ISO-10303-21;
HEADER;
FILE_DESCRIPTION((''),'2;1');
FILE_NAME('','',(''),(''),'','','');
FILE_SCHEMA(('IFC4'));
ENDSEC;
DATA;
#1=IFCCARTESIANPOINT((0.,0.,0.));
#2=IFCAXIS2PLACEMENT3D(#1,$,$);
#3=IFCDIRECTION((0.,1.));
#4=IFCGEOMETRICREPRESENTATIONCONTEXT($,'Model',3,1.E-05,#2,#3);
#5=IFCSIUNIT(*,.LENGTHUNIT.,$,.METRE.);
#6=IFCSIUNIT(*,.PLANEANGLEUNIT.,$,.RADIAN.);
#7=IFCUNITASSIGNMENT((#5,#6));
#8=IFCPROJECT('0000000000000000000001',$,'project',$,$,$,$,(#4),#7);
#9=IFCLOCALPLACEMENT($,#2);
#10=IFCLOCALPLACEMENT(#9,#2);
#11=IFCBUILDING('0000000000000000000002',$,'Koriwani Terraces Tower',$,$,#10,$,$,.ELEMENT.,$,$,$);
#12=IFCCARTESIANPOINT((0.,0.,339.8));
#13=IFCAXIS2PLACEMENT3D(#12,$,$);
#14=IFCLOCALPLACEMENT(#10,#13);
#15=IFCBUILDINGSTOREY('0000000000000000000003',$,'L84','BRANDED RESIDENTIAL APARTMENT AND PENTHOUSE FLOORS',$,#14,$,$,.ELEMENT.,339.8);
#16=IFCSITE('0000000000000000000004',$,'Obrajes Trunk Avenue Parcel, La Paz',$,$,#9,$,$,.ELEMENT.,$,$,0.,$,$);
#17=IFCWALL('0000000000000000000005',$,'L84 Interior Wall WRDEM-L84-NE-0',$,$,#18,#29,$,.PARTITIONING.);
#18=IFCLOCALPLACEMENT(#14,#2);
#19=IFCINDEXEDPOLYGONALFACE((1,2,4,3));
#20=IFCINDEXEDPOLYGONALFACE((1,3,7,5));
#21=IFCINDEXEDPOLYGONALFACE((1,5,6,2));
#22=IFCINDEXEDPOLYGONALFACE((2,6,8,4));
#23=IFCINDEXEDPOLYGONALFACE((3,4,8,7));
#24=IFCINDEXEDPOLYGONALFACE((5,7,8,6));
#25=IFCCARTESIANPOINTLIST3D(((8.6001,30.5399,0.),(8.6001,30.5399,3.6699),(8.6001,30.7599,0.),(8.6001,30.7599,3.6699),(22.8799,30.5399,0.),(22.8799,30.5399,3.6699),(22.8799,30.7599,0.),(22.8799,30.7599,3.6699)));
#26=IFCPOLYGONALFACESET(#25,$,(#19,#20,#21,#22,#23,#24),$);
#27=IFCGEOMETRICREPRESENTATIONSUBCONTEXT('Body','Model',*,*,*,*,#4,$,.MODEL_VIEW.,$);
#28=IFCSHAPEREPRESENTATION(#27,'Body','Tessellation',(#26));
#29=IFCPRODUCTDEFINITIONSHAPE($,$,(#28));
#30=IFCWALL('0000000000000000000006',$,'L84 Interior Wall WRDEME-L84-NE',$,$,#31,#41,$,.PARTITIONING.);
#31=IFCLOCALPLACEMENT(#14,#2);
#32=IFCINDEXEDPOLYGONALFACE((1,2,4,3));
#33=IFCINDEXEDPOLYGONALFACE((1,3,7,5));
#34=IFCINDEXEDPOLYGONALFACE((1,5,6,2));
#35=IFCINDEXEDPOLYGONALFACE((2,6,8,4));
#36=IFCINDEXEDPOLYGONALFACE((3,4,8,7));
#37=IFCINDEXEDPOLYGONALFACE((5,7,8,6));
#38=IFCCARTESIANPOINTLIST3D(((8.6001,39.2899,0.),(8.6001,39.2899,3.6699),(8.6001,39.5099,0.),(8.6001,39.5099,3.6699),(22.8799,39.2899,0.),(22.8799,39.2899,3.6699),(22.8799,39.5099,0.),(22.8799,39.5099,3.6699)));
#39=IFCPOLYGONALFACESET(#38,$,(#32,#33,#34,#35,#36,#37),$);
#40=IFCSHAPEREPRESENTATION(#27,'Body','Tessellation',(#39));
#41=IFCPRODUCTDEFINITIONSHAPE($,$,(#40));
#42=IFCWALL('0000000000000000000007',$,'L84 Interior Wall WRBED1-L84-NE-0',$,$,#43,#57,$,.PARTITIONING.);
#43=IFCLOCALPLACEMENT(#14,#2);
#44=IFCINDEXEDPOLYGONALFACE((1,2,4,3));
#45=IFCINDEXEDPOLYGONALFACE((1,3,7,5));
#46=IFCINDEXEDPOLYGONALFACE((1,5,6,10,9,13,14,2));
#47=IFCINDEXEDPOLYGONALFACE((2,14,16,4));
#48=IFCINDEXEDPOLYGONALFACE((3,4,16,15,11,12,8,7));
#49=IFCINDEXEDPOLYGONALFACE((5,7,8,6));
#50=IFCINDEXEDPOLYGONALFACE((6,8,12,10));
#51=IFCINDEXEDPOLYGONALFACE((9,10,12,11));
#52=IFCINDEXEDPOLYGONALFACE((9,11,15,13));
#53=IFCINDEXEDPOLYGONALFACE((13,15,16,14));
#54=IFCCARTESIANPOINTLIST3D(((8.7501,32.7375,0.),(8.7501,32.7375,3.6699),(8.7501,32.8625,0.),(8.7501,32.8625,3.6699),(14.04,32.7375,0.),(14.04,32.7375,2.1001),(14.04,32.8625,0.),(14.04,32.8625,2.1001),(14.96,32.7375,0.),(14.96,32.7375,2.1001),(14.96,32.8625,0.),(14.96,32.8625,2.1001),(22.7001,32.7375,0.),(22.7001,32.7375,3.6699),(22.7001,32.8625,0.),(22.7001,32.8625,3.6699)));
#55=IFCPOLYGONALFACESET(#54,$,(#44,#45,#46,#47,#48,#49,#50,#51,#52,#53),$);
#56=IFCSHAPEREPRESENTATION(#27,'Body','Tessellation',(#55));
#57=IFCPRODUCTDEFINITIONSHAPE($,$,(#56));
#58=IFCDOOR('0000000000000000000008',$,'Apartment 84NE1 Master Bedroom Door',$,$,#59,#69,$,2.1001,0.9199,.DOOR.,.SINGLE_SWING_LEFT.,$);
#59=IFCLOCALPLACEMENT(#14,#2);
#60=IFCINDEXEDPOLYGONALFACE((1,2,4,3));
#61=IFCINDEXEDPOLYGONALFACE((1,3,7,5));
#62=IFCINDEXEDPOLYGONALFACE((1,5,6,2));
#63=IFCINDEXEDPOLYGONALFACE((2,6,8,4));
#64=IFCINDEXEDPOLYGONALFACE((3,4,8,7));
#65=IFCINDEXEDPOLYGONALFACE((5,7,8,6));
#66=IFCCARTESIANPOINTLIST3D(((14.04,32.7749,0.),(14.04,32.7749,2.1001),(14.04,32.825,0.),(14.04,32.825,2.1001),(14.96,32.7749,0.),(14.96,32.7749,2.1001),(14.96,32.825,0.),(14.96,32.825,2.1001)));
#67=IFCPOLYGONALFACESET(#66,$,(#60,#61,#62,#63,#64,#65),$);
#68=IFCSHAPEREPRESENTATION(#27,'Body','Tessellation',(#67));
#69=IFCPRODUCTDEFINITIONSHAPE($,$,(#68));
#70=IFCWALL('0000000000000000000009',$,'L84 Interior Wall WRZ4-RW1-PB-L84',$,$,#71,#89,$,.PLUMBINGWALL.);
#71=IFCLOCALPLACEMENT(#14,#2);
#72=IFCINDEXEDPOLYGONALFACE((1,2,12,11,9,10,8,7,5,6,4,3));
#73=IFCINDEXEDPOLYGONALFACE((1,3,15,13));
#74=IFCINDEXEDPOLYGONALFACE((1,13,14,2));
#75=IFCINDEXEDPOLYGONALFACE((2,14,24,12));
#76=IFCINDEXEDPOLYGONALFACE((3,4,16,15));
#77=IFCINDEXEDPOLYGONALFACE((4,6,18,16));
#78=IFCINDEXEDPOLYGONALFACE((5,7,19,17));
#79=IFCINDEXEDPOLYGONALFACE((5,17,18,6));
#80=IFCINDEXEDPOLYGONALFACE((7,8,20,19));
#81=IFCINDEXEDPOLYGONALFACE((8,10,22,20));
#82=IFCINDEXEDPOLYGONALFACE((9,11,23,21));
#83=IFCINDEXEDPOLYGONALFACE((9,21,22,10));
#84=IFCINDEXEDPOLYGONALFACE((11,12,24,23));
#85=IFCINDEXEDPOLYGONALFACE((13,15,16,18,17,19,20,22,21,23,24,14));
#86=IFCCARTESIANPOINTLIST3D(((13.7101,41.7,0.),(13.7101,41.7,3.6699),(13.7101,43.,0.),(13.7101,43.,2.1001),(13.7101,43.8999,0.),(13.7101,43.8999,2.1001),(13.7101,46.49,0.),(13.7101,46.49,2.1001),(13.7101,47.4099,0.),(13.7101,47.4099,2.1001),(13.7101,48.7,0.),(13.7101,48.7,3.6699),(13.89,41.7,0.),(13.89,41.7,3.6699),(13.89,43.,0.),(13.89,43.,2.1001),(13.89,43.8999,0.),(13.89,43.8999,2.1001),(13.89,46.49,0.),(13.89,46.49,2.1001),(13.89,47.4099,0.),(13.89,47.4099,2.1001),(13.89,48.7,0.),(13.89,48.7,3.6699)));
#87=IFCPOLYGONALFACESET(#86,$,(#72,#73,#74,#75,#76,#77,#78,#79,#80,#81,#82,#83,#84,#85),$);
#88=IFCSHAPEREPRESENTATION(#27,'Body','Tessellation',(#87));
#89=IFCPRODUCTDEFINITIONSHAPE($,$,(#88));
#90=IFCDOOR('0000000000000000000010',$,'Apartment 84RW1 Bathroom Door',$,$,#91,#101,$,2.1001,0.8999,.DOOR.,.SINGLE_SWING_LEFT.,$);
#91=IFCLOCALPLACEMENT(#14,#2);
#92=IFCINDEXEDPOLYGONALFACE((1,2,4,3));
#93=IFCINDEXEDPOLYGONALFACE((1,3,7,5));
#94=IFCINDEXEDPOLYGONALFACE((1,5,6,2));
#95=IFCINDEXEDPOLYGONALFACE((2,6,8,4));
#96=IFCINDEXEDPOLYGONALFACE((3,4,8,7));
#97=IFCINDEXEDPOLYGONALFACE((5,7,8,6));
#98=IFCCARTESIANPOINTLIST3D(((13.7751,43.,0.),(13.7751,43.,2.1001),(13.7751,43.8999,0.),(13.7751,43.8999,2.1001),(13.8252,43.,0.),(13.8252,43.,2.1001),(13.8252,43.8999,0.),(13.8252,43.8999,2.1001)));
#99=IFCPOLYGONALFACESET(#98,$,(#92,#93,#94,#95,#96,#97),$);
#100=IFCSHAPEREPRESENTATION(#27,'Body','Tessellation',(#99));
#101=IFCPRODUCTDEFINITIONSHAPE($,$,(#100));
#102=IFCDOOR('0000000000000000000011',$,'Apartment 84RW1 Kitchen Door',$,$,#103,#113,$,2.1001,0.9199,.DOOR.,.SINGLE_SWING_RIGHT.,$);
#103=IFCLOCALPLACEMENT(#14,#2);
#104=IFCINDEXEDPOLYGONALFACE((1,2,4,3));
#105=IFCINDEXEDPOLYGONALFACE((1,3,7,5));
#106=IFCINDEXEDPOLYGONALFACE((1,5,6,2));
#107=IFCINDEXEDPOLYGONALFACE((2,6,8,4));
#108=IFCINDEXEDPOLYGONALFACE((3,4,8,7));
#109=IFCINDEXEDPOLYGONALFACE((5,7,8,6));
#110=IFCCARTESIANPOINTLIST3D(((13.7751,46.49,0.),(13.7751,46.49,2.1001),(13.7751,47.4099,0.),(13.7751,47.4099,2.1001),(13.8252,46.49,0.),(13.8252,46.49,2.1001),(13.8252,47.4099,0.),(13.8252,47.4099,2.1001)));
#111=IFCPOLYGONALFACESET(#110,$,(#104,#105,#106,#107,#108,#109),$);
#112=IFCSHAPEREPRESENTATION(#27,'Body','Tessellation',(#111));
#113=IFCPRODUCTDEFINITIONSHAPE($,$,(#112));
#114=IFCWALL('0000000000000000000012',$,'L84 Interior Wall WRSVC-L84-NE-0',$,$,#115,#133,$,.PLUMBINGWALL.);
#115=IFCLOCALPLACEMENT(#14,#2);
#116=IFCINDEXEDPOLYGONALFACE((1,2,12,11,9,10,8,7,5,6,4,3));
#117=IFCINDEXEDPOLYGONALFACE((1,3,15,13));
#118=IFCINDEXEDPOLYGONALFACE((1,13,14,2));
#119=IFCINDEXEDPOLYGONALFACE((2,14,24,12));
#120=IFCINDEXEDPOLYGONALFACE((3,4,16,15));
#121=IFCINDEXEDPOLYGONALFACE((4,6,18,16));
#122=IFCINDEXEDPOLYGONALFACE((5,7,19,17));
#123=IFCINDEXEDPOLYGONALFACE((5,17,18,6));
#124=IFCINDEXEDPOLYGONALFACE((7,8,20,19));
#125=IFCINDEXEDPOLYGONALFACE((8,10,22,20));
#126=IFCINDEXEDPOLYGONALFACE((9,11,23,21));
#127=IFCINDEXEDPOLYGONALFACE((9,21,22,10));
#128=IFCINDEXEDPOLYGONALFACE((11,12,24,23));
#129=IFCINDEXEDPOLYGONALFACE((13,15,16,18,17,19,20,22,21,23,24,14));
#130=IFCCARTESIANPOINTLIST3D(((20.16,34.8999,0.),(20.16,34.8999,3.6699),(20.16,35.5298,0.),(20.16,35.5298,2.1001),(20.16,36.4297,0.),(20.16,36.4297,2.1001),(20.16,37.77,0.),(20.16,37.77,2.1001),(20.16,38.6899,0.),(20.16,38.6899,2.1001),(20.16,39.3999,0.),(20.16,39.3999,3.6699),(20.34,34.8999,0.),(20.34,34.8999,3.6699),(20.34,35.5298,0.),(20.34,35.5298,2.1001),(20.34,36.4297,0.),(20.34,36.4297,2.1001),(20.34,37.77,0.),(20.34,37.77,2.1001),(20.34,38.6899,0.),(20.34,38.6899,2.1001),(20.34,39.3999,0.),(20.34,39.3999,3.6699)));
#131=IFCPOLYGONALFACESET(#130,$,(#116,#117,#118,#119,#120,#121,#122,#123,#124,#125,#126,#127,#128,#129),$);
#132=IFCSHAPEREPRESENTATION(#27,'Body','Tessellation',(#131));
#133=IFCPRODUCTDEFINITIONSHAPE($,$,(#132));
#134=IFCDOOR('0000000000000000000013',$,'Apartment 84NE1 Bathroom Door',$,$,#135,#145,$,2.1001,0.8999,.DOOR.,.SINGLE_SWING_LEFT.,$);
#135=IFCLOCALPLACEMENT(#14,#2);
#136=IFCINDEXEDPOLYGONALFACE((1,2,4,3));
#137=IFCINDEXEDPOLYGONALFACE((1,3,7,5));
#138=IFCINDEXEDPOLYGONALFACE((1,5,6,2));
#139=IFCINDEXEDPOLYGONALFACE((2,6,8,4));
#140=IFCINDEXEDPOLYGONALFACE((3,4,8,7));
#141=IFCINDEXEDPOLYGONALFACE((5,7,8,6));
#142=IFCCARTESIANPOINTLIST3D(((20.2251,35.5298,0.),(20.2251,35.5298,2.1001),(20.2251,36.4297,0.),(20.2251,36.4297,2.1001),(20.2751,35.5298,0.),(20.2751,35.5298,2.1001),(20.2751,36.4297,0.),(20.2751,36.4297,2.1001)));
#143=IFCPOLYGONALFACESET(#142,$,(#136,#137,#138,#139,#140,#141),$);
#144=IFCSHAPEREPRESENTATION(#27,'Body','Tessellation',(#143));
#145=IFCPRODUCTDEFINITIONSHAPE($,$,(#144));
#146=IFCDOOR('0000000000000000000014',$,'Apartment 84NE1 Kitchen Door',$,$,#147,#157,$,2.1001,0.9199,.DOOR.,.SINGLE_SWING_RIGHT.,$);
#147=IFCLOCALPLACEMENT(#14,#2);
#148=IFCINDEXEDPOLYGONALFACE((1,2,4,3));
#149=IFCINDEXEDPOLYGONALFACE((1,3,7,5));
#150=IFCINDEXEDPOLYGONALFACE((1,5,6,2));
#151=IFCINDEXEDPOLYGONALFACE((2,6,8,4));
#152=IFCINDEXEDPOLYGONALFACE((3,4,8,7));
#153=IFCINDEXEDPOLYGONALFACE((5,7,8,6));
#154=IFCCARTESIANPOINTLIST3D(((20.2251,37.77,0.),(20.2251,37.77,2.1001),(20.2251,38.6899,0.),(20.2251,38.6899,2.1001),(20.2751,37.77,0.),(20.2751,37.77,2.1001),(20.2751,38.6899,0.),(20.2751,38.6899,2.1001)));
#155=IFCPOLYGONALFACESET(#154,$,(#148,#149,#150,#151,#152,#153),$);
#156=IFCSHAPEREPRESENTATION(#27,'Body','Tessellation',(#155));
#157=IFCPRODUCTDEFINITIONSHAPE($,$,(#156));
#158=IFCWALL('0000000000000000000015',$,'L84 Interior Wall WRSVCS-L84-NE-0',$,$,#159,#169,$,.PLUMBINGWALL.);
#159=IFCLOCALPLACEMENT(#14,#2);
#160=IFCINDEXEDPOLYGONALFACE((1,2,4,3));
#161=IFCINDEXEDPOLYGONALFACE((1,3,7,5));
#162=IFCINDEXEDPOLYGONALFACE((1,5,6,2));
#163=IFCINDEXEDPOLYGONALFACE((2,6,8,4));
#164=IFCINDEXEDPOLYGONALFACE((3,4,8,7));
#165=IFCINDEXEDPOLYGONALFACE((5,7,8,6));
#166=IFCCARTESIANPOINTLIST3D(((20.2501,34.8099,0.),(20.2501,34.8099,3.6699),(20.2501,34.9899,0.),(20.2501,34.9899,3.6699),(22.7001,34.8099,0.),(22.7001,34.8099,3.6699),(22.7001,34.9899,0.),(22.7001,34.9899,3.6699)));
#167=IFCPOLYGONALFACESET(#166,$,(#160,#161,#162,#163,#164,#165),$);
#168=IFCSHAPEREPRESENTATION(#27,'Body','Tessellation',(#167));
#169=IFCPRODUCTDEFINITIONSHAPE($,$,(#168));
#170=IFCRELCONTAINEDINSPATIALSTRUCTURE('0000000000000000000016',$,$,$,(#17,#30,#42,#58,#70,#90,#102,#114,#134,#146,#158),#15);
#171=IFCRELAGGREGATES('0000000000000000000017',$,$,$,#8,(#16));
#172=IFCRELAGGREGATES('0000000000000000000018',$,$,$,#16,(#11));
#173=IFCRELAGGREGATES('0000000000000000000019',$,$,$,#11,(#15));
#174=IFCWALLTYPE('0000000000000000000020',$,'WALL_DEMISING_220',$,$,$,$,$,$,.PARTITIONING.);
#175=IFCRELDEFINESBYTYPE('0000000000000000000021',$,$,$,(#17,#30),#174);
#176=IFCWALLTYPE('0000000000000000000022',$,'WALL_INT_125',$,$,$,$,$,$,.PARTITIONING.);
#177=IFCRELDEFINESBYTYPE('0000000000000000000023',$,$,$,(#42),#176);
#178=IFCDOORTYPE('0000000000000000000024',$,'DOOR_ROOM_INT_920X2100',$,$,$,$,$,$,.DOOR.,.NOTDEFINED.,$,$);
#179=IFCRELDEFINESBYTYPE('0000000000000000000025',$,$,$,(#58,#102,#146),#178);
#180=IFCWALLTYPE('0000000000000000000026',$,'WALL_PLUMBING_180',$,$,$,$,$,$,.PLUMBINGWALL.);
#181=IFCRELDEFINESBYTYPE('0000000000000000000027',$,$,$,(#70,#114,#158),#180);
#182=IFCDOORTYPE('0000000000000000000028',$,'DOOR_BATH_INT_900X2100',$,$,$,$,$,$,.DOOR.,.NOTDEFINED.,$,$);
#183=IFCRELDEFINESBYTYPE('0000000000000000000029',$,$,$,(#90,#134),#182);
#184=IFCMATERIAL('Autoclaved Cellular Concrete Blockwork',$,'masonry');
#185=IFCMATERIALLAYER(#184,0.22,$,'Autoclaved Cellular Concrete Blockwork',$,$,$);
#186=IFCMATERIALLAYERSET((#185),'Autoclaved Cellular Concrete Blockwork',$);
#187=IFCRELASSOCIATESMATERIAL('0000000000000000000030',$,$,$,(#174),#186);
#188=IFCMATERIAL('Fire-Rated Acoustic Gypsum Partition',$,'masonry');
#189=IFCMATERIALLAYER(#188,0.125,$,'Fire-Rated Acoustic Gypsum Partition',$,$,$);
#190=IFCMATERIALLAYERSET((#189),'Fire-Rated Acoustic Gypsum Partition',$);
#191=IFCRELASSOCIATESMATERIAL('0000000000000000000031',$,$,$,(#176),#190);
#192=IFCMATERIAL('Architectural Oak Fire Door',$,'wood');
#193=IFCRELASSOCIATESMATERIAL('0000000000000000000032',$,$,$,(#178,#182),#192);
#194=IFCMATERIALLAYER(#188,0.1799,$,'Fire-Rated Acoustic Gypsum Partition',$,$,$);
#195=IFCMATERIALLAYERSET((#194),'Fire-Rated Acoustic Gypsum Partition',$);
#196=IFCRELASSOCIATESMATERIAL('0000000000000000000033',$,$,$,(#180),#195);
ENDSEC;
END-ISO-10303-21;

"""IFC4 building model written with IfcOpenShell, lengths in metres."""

from ifc_helpers import new_model, si_unit, direction, frame, frame_2d, origin, place, context, subcontext, project, spatial, rectangle, extrude, material, layer, layer_set, type_object, element, fill, save


model = new_model("IFC4")

# Units and contexts
model_context = context("Model", 3, precision=1e-05, world=origin(), true_north=direction((0.0, 1.0)))
body_context = subcontext(model_context, "Body", "Model", "MODEL_VIEW")
ifc_project = project(units=[si_unit("LENGTHUNIT", "METRE"), si_unit("PLANEANGLEUNIT", "RADIAN")], contexts=[model_context])

# Site, building, storey
site_placement = place(None, origin())
site = spatial("IfcSite", under=ifc_project, at=site_placement, Name="Obrajes Trunk Avenue Parcel, La Paz", CompositionType="ELEMENT", RefElevation=0.0)
building_placement = place(site_placement, origin())
building = spatial("IfcBuilding", under=site, at=building_placement, Name="Koriwani Terraces Tower", CompositionType="ELEMENT")
storey_placement = place(building_placement, frame((0.0, 0.0, 339.8)))
storey = spatial("IfcBuildingStorey", under=building, at=storey_placement, Name="L84", Description="BRANDED RESIDENTIAL APARTMENT AND PENTHOUSE FLOORS", CompositionType="ELEMENT", Elevation=339.8)

# Shared definitions
ifc_material_1 = material(Name="Autoclaved Cellular Concrete Blockwork", Category="masonry")
ifc_material_2 = material(Name="Architectural Oak Fire Door", Category="wood")

# Walls
ifc_layer_1 = layer(ifc_material_1, 0.22, Name="Autoclaved Cellular Concrete Blockwork")
ifc_layer_set_1 = layer_set([ifc_layer_1], Name="Autoclaved Cellular Concrete Blockwork")
wall_type_1 = type_object("IfcWallType", Name="WALL_DEMISING_220", PredefinedType="PARTITIONING", material=ifc_layer_set_1)
for number, where, z_axis, x_axis, name in (
    (1, (8.6001, 30.6499, 0.0), (0.0, 0.0, 1.0), (1.0, 0.0, 0.0), "L84 Interior Wall WRDEM-L84-NE-0"),
    (2, (8.6001, 39.3999, 0.0), (0.0, 0.0, 1.0), (1.0, 0.0, 0.0), "L84 Interior Wall WRDEME-L84-NE"),
):
    element("IfcWall", number, at=place(storey_placement, frame(where, z_axis=z_axis, x_axis=x_axis)), inside=storey, type_object=wall_type_1, Name=name, PredefinedType="PARTITIONING", context=body_context, shape_type="SweptSolid", body=[
        extrude(rectangle(XDim=14.2798, YDim=0.22, at=frame_2d((7.1399, 0.0))), origin(), (0.0, 0.0, 1.0), 3.6699),
    ])

# Wall, opening, door
ifc_material_3 = material(Name="Fire-Rated Acoustic Gypsum Partition", Category="masonry")
ifc_layer_2 = layer(ifc_material_3, 0.125, Name="Fire-Rated Acoustic Gypsum Partition")
ifc_layer_set_2 = layer_set([ifc_layer_2], Name="Fire-Rated Acoustic Gypsum Partition")
wall_type_2 = type_object("IfcWallType", Name="WALL_INT_125", PredefinedType="PARTITIONING", material=ifc_layer_set_2)
wall_1_placement = place(storey_placement, frame((8.75, 32.8, 0.0), z_axis=(0.0, 0.0, 1.0), x_axis=(1.0, 0.0, 0.0)))
wall_1 = element("IfcWall", 3, at=wall_1_placement, inside=storey, type_object=wall_type_2, Name="L84 Interior Wall WRBED1-L84-NE-0", PredefinedType="PARTITIONING", context=body_context, shape_type="SweptSolid", body=[
    extrude(rectangle(XDim=13.95, YDim=0.125, at=frame_2d((6.9751, 0.0))), origin(), (0.0, 0.0, 1.0), 3.6699),
])
opening_1_placement = place(wall_1_placement, frame((5.29, 0.0, 0.0)))
opening_1 = element("IfcOpeningElement", 4, at=opening_1_placement, cuts=wall_1, PredefinedType="OPENING", context=body_context, shape_type="SweptSolid", body=[
    extrude(rectangle(XDim=0.9199, YDim=2.1001, at=frame_2d((0.46, 1.05))), frame((0.0, 0.0725, 0.0), z_axis=(0.0, -1.0, 0.0), x_axis=(1.0, 0.0, 0.0)), (0.0, 0.0, 1.0), 0.145),
])
door_type_1 = type_object("IfcDoorType", Name="DOOR_ROOM_INT_920X2100", OperationType="NOTDEFINED", PredefinedType="DOOR", material=ifc_material_2)
door_1_placement = place(opening_1_placement, origin())
door_1 = element("IfcDoor", 5, at=door_1_placement, inside=storey, type_object=door_type_1, Name="Apartment 84NE1 Master Bedroom Door", OperationType="SINGLE_SWING_LEFT", OverallHeight=2.1001, OverallWidth=0.9199, PredefinedType="DOOR", context=body_context, shape_type="SweptSolid", body=[
    extrude(rectangle(XDim=0.9199, YDim=2.1001, at=frame_2d((0.46, 1.05))), frame((0.0, 0.0249, 0.0), z_axis=(0.0, -1.0, 0.0), x_axis=(1.0, 0.0, 0.0)), (0.0, 0.0, 1.0), 0.05),
])
fill(opening_1, door_1)

# Walls, openings, doors
ifc_layer_3 = layer(ifc_material_3, 0.1799, Name="Fire-Rated Acoustic Gypsum Partition")
ifc_layer_set_3 = layer_set([ifc_layer_3], Name="Fire-Rated Acoustic Gypsum Partition")
wall_type_3 = type_object("IfcWallType", Name="WALL_PLUMBING_180", PredefinedType="PLUMBINGWALL", material=ifc_layer_set_3)
wall_2_placement = place(storey_placement, frame((13.8, 41.7, 0.0), z_axis=(0.0, 0.0, 1.0), x_axis=(0.0, 1.0, 0.0)))
wall_2 = element("IfcWall", 6, at=wall_2_placement, inside=storey, type_object=wall_type_3, Name="L84 Interior Wall WRZ4-RW1-PB-L84", PredefinedType="PLUMBINGWALL", context=body_context, shape_type="SweptSolid", body=[
    extrude(rectangle(XDim=7.0, YDim=0.1799, at=frame_2d((3.5, 0.0))), origin(), (0.0, 0.0, 1.0), 3.6699),
])
opening_2_placement = place(wall_2_placement, frame((1.3, 0.0, 0.0)))
opening_2 = element("IfcOpeningElement", 7, at=opening_2_placement, cuts=wall_2, PredefinedType="OPENING", context=body_context, shape_type="SweptSolid", body=[
    extrude(rectangle(XDim=0.8999, YDim=2.1001, at=frame_2d((0.45, 1.05))), frame((0.0, 0.1001, 0.0), z_axis=(0.0, -1.0, 0.0), x_axis=(1.0, 0.0, 0.0)), (0.0, 0.0, 1.0), 0.2),
])
opening_3_placement = place(wall_2_placement, frame((4.79, 0.0, 0.0)))
opening_3 = element("IfcOpeningElement", 8, at=opening_3_placement, cuts=wall_2, PredefinedType="OPENING", context=body_context, shape_type="SweptSolid", body=[
    extrude(rectangle(XDim=0.9199, YDim=2.1001, at=frame_2d((0.46, 1.05))), frame((0.0, 0.1001, 0.0), z_axis=(0.0, -1.0, 0.0), x_axis=(1.0, 0.0, 0.0)), (0.0, 0.0, 1.0), 0.2),
])
door_type_2 = type_object("IfcDoorType", Name="DOOR_BATH_INT_900X2100", OperationType="NOTDEFINED", PredefinedType="DOOR", material=ifc_material_2)
door_2_placement = place(opening_2_placement, origin())
door_2 = element("IfcDoor", 9, at=door_2_placement, inside=storey, type_object=door_type_2, Name="Apartment 84RW1 Bathroom Door", OperationType="SINGLE_SWING_LEFT", OverallHeight=2.1001, OverallWidth=0.8999, PredefinedType="DOOR", context=body_context, shape_type="SweptSolid", body=[
    extrude(rectangle(XDim=0.8999, YDim=2.1001, at=frame_2d((0.45, 1.05))), frame((0.0, 0.0249, 0.0), z_axis=(0.0, -1.0, 0.0), x_axis=(1.0, 0.0, 0.0)), (0.0, 0.0, 1.0), 0.05),
])
fill(opening_2, door_2)
door_3_placement = place(opening_3_placement, origin())
door_3 = element("IfcDoor", 10, at=door_3_placement, inside=storey, type_object=door_type_1, Name="Apartment 84RW1 Kitchen Door", OperationType="SINGLE_SWING_RIGHT", OverallHeight=2.1001, OverallWidth=0.9199, PredefinedType="DOOR", context=body_context, shape_type="SweptSolid", body=[
    extrude(rectangle(XDim=0.9199, YDim=2.1001, at=frame_2d((0.46, 1.05))), frame((0.0, 0.0249, 0.0), z_axis=(0.0, -1.0, 0.0), x_axis=(1.0, 0.0, 0.0)), (0.0, 0.0, 1.0), 0.05),
])
fill(opening_3, door_3)
wall_3_placement = place(storey_placement, frame((20.25, 34.8999, 0.0), z_axis=(0.0, 0.0, 1.0), x_axis=(0.0, 1.0, 0.0)))
wall_3 = element("IfcWall", 11, at=wall_3_placement, inside=storey, type_object=wall_type_3, Name="L84 Interior Wall WRSVC-L84-NE-0", PredefinedType="PLUMBINGWALL", context=body_context, shape_type="SweptSolid", body=[
    extrude(rectangle(XDim=4.5, YDim=0.1799, at=frame_2d((2.25, 0.0))), origin(), (0.0, 0.0, 1.0), 3.6699),
])
opening_4_placement = place(wall_3_placement, frame((0.6299, 0.0, 0.0)))
opening_4 = element("IfcOpeningElement", 12, at=opening_4_placement, cuts=wall_3, PredefinedType="OPENING", context=body_context, shape_type="SweptSolid", body=[
    extrude(rectangle(XDim=0.8999, YDim=2.1001, at=frame_2d((0.45, 1.05))), frame((0.0, 0.1001, 0.0), z_axis=(0.0, -1.0, 0.0), x_axis=(1.0, 0.0, 0.0)), (0.0, 0.0, 1.0), 0.2),
])
opening_5_placement = place(wall_3_placement, frame((2.8701, 0.0, 0.0)))
opening_5 = element("IfcOpeningElement", 13, at=opening_5_placement, cuts=wall_3, PredefinedType="OPENING", context=body_context, shape_type="SweptSolid", body=[
    extrude(rectangle(XDim=0.9199, YDim=2.1001, at=frame_2d((0.46, 1.05))), frame((0.0, 0.1001, 0.0), z_axis=(0.0, -1.0, 0.0), x_axis=(1.0, 0.0, 0.0)), (0.0, 0.0, 1.0), 0.2),
])
door_4_placement = place(opening_4_placement, origin())
door_4 = element("IfcDoor", 14, at=door_4_placement, inside=storey, type_object=door_type_2, Name="Apartment 84NE1 Bathroom Door", OperationType="SINGLE_SWING_LEFT", OverallHeight=2.1001, OverallWidth=0.8999, PredefinedType="DOOR", context=body_context, shape_type="SweptSolid", body=[
    extrude(rectangle(XDim=0.8999, YDim=2.1001, at=frame_2d((0.45, 1.05))), frame((0.0, 0.0249, 0.0), z_axis=(0.0, -1.0, 0.0), x_axis=(1.0, 0.0, 0.0)), (0.0, 0.0, 1.0), 0.05),
])
fill(opening_4, door_4)
door_5_placement = place(opening_5_placement, origin())
door_5 = element("IfcDoor", 15, at=door_5_placement, inside=storey, type_object=door_type_1, Name="Apartment 84NE1 Kitchen Door", OperationType="SINGLE_SWING_RIGHT", OverallHeight=2.1001, OverallWidth=0.9199, PredefinedType="DOOR", context=body_context, shape_type="SweptSolid", body=[
    extrude(rectangle(XDim=0.9199, YDim=2.1001, at=frame_2d((0.46, 1.05))), frame((0.0, 0.0249, 0.0), z_axis=(0.0, -1.0, 0.0), x_axis=(1.0, 0.0, 0.0)), (0.0, 0.0, 1.0), 0.05),
])
fill(opening_5, door_5)

# Wall
for number, where, z_axis, x_axis, name in (
    (16, (20.25, 34.8999, 0.0), (0.0, 0.0, 1.0), (1.0, 0.0, 0.0), "L84 Interior Wall WRSVCS-L84-NE-0"),
):
    element("IfcWall", number, at=place(storey_placement, frame(where, z_axis=z_axis, x_axis=x_axis)), inside=storey, type_object=wall_type_3, Name=name, PredefinedType="PLUMBINGWALL", context=body_context, shape_type="SweptSolid", body=[
        extrude(rectangle(XDim=2.45, YDim=0.1799, at=frame_2d((1.2251, 0.0))), origin(), (0.0, 0.0, 1.0), 3.6699),
    ])

save(model, "model.ifc")
